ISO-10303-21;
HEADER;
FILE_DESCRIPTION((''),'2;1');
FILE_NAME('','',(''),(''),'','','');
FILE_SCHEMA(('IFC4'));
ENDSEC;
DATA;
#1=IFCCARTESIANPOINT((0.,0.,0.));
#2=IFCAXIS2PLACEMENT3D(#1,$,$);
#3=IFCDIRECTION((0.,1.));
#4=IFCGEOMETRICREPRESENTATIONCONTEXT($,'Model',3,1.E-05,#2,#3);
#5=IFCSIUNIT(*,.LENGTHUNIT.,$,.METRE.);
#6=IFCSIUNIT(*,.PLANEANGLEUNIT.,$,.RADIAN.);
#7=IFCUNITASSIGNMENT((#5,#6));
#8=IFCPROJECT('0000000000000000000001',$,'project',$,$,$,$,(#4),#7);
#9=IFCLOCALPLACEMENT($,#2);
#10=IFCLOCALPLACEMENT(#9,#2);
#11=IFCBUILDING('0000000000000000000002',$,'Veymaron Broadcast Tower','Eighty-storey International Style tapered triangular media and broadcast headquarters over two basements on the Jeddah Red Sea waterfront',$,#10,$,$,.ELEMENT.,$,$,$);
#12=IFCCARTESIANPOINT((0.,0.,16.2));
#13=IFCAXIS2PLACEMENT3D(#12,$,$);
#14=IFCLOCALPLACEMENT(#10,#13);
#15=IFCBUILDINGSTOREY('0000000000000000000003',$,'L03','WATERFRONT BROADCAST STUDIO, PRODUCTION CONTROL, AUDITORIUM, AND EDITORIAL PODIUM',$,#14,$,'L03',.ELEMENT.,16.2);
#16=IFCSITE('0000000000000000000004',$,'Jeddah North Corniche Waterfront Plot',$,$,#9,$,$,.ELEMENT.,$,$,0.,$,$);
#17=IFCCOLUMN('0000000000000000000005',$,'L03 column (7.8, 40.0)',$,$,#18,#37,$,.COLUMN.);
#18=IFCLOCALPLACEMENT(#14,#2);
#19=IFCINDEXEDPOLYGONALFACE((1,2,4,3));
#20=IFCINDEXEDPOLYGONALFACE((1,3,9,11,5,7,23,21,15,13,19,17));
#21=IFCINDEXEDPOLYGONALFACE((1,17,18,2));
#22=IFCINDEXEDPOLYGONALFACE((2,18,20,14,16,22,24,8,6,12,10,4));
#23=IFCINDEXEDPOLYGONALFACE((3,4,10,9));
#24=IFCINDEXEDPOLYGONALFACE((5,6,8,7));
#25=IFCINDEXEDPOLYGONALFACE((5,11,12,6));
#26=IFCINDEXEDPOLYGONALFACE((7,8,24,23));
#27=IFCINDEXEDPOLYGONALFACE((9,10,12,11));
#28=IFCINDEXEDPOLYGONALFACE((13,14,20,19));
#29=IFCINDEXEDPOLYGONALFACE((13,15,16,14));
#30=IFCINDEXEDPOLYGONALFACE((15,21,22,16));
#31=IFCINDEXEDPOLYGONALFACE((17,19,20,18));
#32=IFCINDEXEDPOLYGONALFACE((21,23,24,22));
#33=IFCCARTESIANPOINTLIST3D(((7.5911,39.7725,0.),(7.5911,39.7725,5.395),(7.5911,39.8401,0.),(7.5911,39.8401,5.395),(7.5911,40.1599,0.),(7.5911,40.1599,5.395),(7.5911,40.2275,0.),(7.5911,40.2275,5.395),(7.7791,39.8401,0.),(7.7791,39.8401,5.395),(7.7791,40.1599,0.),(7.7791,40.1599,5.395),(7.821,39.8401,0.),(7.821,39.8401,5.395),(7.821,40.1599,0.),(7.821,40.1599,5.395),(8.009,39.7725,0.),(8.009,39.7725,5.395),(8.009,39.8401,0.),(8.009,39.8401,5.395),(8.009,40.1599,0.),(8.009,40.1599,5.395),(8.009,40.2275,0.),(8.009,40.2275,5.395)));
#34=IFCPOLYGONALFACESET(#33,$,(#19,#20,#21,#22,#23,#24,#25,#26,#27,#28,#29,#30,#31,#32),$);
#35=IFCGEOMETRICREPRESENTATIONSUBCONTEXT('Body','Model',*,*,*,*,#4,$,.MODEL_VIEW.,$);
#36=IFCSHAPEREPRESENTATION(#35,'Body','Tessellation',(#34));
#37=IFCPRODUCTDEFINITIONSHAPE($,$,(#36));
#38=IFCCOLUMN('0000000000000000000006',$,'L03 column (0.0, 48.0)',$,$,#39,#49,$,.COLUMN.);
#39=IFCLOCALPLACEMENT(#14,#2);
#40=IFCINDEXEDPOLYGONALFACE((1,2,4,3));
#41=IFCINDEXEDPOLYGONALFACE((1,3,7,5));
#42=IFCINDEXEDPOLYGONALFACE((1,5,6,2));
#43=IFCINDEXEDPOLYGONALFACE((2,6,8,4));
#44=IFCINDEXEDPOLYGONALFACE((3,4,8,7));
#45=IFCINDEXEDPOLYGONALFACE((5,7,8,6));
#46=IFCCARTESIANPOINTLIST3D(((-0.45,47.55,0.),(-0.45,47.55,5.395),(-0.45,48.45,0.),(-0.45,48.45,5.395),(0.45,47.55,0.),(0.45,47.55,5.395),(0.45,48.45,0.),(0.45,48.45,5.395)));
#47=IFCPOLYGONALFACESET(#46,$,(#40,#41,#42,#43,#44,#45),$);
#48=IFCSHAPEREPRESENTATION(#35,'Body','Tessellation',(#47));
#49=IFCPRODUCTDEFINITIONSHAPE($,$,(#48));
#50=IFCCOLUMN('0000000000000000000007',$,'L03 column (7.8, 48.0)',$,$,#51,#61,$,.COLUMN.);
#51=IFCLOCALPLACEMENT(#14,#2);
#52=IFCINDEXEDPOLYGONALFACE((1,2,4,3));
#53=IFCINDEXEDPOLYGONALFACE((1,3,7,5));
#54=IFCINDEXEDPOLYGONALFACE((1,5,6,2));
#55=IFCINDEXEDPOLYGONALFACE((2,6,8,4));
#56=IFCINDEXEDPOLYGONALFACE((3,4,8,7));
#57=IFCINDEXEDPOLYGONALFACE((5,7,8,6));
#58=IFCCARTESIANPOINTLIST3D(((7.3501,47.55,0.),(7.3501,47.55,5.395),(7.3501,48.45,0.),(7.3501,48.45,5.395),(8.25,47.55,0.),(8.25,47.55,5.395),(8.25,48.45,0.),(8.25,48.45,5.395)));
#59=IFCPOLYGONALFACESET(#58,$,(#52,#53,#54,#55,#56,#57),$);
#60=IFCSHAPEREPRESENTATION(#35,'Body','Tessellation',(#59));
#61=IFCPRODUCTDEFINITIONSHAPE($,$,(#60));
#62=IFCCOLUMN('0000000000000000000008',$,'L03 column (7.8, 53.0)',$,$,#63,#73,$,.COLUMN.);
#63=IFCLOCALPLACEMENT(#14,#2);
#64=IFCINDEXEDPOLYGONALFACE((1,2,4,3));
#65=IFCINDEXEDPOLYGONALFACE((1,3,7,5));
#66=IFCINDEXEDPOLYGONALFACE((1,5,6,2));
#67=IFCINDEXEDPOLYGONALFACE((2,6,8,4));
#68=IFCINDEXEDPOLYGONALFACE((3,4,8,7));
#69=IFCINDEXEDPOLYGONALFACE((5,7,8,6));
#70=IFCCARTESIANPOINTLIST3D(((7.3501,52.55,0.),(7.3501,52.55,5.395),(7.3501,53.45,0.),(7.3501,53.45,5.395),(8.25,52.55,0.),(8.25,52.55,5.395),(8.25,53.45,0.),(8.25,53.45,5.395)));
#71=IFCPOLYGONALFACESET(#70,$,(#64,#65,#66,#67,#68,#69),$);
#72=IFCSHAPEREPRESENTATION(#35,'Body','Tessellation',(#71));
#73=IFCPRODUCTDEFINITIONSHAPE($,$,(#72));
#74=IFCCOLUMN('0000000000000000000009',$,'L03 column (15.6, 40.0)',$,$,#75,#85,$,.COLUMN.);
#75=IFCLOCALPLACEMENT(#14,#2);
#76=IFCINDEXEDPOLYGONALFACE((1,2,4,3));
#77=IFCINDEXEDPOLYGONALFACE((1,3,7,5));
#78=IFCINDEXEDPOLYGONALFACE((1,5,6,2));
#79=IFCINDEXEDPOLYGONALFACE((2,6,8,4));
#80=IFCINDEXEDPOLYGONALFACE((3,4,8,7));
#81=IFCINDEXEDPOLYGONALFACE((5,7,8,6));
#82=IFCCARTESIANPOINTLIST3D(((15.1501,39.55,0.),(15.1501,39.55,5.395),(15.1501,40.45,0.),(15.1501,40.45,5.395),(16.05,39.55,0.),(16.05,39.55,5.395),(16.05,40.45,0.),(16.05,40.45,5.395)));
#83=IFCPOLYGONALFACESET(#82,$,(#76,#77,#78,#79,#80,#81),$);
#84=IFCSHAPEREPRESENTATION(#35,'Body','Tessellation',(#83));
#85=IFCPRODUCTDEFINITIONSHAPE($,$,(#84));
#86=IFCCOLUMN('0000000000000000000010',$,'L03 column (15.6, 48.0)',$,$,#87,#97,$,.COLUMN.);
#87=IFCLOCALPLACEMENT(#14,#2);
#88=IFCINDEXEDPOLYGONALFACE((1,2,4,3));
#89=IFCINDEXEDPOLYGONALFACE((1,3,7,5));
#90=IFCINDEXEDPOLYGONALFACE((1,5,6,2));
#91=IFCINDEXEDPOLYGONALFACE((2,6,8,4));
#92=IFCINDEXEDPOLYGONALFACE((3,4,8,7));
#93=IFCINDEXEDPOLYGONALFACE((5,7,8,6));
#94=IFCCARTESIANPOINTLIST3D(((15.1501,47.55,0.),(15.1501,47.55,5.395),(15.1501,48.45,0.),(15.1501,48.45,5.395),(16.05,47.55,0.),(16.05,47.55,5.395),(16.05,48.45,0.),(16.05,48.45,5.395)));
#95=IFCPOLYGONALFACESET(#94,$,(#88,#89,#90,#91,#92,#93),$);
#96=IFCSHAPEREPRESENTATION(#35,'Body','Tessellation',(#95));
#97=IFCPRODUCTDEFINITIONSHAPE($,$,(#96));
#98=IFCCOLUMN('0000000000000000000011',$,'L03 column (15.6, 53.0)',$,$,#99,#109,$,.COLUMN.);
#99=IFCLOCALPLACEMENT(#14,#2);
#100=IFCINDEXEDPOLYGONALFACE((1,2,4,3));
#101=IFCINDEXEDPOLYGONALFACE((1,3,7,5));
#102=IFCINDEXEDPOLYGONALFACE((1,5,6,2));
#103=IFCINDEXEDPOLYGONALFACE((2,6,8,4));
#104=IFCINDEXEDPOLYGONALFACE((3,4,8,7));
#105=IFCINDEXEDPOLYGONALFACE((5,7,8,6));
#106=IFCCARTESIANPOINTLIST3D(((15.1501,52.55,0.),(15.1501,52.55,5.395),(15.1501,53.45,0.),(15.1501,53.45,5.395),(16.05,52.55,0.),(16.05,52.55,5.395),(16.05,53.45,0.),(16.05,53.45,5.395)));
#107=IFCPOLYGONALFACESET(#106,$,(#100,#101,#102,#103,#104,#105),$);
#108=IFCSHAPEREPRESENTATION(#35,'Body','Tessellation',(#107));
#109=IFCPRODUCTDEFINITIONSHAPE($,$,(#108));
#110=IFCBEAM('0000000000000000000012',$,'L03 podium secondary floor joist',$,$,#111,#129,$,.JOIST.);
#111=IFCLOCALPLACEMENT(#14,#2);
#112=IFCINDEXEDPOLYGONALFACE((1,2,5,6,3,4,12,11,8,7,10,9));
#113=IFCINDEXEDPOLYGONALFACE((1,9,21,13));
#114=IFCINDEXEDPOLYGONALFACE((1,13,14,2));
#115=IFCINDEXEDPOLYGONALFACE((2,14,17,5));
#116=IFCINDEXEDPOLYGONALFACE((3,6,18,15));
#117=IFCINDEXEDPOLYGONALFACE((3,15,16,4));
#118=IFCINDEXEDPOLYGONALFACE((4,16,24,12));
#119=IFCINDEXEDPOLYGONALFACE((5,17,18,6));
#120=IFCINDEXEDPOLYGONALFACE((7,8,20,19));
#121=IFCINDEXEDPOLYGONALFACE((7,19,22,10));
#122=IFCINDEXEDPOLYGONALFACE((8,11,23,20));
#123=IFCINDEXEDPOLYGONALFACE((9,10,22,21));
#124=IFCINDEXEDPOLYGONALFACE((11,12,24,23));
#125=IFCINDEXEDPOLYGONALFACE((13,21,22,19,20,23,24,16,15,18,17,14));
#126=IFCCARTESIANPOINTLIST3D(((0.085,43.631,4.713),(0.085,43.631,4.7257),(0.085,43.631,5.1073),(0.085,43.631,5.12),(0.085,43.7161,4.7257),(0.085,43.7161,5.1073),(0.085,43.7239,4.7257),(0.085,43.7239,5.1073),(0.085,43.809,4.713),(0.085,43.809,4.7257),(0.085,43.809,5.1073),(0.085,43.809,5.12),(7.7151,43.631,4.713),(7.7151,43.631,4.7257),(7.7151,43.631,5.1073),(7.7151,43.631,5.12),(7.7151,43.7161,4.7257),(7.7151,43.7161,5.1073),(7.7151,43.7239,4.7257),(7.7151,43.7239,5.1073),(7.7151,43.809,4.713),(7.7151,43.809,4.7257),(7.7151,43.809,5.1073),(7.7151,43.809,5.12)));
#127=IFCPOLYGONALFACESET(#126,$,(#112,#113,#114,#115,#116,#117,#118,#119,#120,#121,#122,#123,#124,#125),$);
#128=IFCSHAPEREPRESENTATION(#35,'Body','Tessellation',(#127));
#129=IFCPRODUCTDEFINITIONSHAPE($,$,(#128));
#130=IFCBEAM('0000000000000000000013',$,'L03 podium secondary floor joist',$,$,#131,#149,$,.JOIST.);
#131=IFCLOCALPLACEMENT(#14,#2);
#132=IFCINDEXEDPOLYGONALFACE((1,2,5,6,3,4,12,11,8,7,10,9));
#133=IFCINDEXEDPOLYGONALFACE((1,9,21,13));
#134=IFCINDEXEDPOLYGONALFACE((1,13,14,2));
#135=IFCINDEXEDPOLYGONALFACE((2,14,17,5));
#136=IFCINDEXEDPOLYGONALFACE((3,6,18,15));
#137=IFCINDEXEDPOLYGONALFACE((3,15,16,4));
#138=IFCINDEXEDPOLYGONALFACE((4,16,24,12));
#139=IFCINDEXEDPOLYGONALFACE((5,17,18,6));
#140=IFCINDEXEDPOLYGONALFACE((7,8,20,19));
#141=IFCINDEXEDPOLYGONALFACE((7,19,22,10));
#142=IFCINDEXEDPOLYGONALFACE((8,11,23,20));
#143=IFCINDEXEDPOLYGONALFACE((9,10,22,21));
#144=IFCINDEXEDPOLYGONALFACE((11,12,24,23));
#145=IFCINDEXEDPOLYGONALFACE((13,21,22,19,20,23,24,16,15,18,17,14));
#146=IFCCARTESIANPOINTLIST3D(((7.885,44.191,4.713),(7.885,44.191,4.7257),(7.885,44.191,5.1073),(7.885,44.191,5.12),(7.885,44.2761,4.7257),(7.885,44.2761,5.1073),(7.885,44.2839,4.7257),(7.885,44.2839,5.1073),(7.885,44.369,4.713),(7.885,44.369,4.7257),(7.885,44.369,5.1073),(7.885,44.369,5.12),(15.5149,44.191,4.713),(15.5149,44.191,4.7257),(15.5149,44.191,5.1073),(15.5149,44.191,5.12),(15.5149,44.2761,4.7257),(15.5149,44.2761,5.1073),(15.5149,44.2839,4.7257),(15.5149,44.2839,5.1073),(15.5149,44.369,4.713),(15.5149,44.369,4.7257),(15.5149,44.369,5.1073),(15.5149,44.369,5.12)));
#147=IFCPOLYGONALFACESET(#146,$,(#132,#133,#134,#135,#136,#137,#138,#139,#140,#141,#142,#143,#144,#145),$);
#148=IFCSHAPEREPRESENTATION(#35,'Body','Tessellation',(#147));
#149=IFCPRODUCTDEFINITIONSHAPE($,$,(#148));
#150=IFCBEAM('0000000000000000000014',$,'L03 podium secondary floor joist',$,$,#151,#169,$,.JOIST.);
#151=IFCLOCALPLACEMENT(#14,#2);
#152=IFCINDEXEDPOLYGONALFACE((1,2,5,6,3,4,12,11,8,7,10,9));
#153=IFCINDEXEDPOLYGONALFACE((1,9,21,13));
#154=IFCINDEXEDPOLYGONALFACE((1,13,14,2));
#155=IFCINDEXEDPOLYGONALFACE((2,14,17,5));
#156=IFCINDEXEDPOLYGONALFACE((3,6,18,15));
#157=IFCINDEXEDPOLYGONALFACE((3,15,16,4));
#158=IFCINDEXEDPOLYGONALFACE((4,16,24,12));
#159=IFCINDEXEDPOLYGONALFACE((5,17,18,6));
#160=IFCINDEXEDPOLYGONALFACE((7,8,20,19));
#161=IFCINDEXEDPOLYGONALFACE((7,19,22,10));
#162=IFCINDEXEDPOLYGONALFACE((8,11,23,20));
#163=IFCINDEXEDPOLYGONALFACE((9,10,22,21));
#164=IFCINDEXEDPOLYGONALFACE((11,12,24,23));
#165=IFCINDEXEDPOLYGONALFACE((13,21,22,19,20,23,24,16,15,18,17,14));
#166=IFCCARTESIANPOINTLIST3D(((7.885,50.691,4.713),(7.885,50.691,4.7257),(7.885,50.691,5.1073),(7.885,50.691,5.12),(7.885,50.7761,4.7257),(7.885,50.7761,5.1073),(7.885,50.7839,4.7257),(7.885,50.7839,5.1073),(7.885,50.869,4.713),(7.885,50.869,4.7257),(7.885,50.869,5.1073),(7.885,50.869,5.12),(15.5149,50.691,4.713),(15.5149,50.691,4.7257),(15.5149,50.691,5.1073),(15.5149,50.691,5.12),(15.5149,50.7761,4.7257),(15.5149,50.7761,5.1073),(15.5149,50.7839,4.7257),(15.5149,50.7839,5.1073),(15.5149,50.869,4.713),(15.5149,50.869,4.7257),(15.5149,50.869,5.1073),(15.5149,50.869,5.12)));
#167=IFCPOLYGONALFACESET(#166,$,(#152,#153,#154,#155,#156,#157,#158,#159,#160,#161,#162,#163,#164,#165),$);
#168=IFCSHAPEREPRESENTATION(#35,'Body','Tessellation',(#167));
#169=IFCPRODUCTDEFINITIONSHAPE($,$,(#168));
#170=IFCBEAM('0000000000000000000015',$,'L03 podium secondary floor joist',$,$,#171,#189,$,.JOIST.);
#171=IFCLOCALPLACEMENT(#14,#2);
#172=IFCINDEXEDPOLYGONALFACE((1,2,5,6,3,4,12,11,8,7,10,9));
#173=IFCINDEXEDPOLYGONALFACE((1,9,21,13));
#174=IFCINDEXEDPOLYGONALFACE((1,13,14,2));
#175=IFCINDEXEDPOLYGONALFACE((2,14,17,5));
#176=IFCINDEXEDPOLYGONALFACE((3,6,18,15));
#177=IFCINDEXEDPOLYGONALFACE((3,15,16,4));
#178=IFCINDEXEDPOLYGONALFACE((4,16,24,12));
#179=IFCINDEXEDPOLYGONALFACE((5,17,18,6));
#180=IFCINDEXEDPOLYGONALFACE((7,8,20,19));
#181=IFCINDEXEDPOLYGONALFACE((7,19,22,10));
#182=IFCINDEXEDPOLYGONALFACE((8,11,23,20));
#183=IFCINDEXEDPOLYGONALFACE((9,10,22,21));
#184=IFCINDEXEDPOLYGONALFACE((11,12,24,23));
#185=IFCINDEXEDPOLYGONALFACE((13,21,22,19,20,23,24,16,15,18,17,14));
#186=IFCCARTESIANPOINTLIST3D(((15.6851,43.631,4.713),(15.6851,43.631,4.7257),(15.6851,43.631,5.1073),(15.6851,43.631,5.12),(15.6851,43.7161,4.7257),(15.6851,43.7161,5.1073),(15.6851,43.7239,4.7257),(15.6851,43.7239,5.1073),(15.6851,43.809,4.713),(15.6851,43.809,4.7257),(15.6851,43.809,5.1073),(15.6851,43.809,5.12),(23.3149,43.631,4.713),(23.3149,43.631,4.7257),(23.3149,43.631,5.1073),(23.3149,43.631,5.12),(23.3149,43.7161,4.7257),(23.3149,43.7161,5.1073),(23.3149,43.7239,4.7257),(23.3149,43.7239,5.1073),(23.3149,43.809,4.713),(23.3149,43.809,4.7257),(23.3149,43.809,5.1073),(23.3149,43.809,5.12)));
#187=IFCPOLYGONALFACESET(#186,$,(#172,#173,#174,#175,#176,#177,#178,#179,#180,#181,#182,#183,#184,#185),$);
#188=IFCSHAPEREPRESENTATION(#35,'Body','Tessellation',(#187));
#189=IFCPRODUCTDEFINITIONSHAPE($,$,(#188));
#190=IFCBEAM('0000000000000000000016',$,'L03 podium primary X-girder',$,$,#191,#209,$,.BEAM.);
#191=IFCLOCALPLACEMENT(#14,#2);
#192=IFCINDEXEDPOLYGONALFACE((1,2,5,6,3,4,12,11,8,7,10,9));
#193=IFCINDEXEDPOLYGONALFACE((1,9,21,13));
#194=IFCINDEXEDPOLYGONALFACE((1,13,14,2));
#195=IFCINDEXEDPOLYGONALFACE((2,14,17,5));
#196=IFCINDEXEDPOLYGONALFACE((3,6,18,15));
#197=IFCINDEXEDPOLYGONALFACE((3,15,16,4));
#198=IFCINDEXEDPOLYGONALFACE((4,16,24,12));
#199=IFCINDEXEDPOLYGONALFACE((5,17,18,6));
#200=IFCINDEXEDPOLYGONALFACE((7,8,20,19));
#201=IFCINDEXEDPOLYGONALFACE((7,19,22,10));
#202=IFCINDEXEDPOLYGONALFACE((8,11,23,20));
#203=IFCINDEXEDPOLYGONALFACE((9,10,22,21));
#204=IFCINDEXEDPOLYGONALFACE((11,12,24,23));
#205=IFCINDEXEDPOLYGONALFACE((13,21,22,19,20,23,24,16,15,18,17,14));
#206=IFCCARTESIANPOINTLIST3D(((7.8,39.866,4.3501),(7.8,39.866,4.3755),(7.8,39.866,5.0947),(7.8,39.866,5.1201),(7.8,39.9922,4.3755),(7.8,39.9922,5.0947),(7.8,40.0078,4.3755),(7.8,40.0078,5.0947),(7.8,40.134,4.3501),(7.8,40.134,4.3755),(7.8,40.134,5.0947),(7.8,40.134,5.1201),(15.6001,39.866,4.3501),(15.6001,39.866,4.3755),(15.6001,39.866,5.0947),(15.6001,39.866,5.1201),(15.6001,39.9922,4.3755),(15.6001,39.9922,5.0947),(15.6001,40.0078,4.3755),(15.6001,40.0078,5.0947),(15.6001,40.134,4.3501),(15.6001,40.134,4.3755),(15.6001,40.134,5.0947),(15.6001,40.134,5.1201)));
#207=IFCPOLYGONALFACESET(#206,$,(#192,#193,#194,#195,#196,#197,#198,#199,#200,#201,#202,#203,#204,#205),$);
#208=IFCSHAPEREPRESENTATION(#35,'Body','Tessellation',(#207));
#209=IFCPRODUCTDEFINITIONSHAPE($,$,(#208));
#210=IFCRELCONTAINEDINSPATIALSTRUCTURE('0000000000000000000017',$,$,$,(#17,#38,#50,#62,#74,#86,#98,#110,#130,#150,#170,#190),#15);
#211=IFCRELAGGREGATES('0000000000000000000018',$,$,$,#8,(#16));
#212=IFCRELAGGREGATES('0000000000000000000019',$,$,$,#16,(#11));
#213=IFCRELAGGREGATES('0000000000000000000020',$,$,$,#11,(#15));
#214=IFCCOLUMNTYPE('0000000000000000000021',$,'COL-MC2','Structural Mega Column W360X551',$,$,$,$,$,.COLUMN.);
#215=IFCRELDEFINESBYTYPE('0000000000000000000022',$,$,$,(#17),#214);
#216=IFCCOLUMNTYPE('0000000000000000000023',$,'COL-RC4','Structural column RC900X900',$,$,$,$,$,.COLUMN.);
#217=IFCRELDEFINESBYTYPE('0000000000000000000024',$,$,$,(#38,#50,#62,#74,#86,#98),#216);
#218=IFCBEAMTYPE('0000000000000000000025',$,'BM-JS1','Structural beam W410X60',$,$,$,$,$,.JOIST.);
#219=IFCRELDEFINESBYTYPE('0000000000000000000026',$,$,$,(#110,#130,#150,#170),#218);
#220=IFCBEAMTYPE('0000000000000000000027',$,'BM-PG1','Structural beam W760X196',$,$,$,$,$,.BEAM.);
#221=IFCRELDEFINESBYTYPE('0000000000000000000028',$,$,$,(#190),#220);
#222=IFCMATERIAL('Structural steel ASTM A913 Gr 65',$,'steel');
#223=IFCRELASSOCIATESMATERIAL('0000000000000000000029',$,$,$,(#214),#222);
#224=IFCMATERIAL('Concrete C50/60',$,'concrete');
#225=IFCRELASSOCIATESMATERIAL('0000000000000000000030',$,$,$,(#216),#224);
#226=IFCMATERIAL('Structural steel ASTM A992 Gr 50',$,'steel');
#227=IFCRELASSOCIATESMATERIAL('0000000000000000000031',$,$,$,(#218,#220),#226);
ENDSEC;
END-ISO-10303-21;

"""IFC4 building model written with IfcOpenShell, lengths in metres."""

from ifc_helpers import new_model, si_unit, direction, frame, origin, origin_2d, place, context, subcontext, project, spatial, rectangle, i_section, extrude, material, material_profile, profile_set, type_object, element, save


model = new_model("IFC4")

# Units and contexts
model_context = context("Model", 3, precision=1e-05, world=origin(), true_north=direction((0.0, 1.0)))
body_context = subcontext(model_context, "Body", "Model", "MODEL_VIEW")
ifc_project = project(units=[si_unit("LENGTHUNIT", "METRE"), si_unit("PLANEANGLEUNIT", "RADIAN")], contexts=[model_context])

# Site, building, storey
site_placement = place(None, origin())
site = spatial("IfcSite", under=ifc_project, at=site_placement, Name="Jeddah North Corniche Waterfront Plot", CompositionType="ELEMENT", RefElevation=0.0)
building_placement = place(site_placement, origin())
building = spatial("IfcBuilding", under=site, at=building_placement, Name="Veymaron Broadcast Tower", Description="Eighty-storey International Style tapered triangular media and broadcast headquarters over two basements on the Jeddah Red Sea waterfront", CompositionType="ELEMENT")
storey_placement = place(building_placement, frame((0.0, 0.0, 16.2)))
storey = spatial("IfcBuildingStorey", under=building, at=storey_placement, Name="L03", Description="WATERFRONT BROADCAST STUDIO, PRODUCTION CONTROL, AUDITORIUM, AND EDITORIAL PODIUM", LongName="L03", CompositionType="ELEMENT", Elevation=16.2)

# Columns
ifc_material_1 = material(Name="Structural steel ASTM A913 Gr 65", Category="steel")
ifc_material_profile_1 = material_profile(ifc_material_1, i_section(OverallWidth=0.418, OverallDepth=0.4551, WebThickness=0.042, FlangeThickness=0.0676, at=origin_2d()), Name="W360X551")
ifc_profile_set_1 = profile_set([ifc_material_profile_1], Name="Structural steel ASTM A913 Gr 65")
column_type_1 = type_object("IfcColumnType", Name="COL-MC2", Description="Structural Mega Column W360X551", PredefinedType="COLUMN", material=ifc_profile_set_1)
column_placement = place(storey_placement, frame((7.8, 40.0, 0.0), z_axis=(0.0, 0.0, 1.0), x_axis=(1.0, 0.0, 0.0)))
element("IfcColumn", 1, at=column_placement, inside=storey, type_object=column_type_1, Name="L03 column (7.8, 40.0)", PredefinedType="COLUMN", context=body_context, shape_type="SweptSolid", body=[
    extrude(i_section(OverallWidth=0.418, OverallDepth=0.4551, WebThickness=0.042, FlangeThickness=0.0676, at=origin_2d()), origin(), (0.0, 0.0, 1.0), 5.395),
])
ifc_material_2 = material(Name="Concrete C50/60", Category="concrete")
ifc_material_profile_2 = material_profile(ifc_material_2, rectangle(XDim=0.8999, YDim=0.8999, at=origin_2d()), Name="RC900X900")
ifc_profile_set_2 = profile_set([ifc_material_profile_2], Name="Concrete C50/60")
column_type_2 = type_object("IfcColumnType", Name="COL-RC4", Description="Structural column RC900X900", PredefinedType="COLUMN", material=ifc_profile_set_2)
for number, where, z_axis, x_axis, name in (
    (2, (0.0, 48.0, 0.0), (0.0, 0.0, 1.0), (1.0, 0.0, 0.0), "L03 column (0.0, 48.0)"),
    (3, (7.8, 48.0, 0.0), (0.0, 0.0, 1.0), (1.0, 0.0, 0.0), "L03 column (7.8, 48.0)"),
    (4, (7.8, 53.0, 0.0), (0.0, 0.0, 1.0), (1.0, 0.0, 0.0), "L03 column (7.8, 53.0)"),
    (5, (15.6001, 40.0, 0.0), (0.0, 0.0, 1.0), (1.0, 0.0, 0.0), "L03 column (15.6, 40.0)"),
    (6, (15.6001, 48.0, 0.0), (0.0, 0.0, 1.0), (1.0, 0.0, 0.0), "L03 column (15.6, 48.0)"),
    (7, (15.6001, 53.0, 0.0), (0.0, 0.0, 1.0), (1.0, 0.0, 0.0), "L03 column (15.6, 53.0)"),
):
    element("IfcColumn", number, at=place(storey_placement, frame(where, z_axis=z_axis, x_axis=x_axis)), inside=storey, type_object=column_type_2, Name=name, PredefinedType="COLUMN", context=body_context, shape_type="SweptSolid", body=[
        extrude(rectangle(XDim=0.8999, YDim=0.8999, at=origin_2d()), origin(), (0.0, 0.0, 1.0), 5.395),
    ])

# Beams
ifc_material_3 = material(Name="Structural steel ASTM A992 Gr 50", Category="steel")
ifc_material_profile_3 = material_profile(ifc_material_3, i_section(OverallWidth=0.178, OverallDepth=0.407, WebThickness=0.0078, FlangeThickness=0.0127, at=origin_2d()), Name="W410X60")
ifc_profile_set_3 = profile_set([ifc_material_profile_3], Name="Structural steel ASTM A992 Gr 50")
beam_type_1 = type_object("IfcBeamType", Name="BM-JS1", Description="Structural beam W410X60", PredefinedType="JOIST", material=ifc_profile_set_3)
beam_1_placement = place(storey_placement, frame((0.085, 43.72, 4.9165), z_axis=(1.0, 0.0, 0.0), x_axis=(0.0, 1.0, 0.0)))
element("IfcBeam", 8, at=beam_1_placement, inside=storey, type_object=beam_type_1, Name="L03 podium secondary floor joist", PredefinedType="JOIST", context=body_context, shape_type="SweptSolid", body=[
    extrude(i_section(OverallWidth=0.178, OverallDepth=0.407, WebThickness=0.0078, FlangeThickness=0.0127, at=origin_2d()), origin(), (0.0, 0.0, 1.0), 7.6301),
])
for number, where, z_axis, x_axis, name in (
    (9, (7.885, 44.28, 4.9165), (1.0, 0.0, 0.0), (0.0, 1.0, 0.0), "L03 podium secondary floor joist"),
    (10, (7.885, 50.78, 4.9165), (1.0, 0.0, 0.0), (0.0, 1.0, 0.0), "L03 podium secondary floor joist"),
    (11, (15.6851, 43.72, 4.9165), (1.0, 0.0, 0.0), (0.0, 1.0, 0.0), "L03 podium secondary floor joist"),
):
    element("IfcBeam", number, at=place(storey_placement, frame(where, z_axis=z_axis, x_axis=x_axis)), inside=storey, type_object=beam_type_1, Name=name, PredefinedType="JOIST", context=body_context, shape_type="SweptSolid", body=[
        extrude(i_section(OverallWidth=0.178, OverallDepth=0.407, WebThickness=0.0078, FlangeThickness=0.0127, at=origin_2d()), origin(), (0.0, 0.0, 1.0), 7.6299),
    ])
ifc_material_profile_4 = material_profile(ifc_material_3, i_section(OverallWidth=0.2681, OverallDepth=0.77, WebThickness=0.0156, FlangeThickness=0.0254, at=origin_2d()), Name="W760X196")
ifc_profile_set_4 = profile_set([ifc_material_profile_4], Name="Structural steel ASTM A992 Gr 50")
beam_type_2 = type_object("IfcBeamType", Name="BM-PG1", Description="Structural beam W760X196", PredefinedType="BEAM", material=ifc_profile_set_4)
beam_2_placement = place(storey_placement, frame((7.8, 40.0, 4.7351), z_axis=(1.0, 0.0, 0.0), x_axis=(0.0, 1.0, 0.0)))
element("IfcBeam", 12, at=beam_2_placement, inside=storey, type_object=beam_type_2, Name="L03 podium primary X-girder", PredefinedType="BEAM", context=body_context, shape_type="SweptSolid", body=[
    extrude(i_section(OverallWidth=0.2681, OverallDepth=0.77, WebThickness=0.0156, FlangeThickness=0.0254, at=origin_2d()), origin(), (0.0, 0.0, 1.0), 7.8),
])

save(model, "model.ifc")
